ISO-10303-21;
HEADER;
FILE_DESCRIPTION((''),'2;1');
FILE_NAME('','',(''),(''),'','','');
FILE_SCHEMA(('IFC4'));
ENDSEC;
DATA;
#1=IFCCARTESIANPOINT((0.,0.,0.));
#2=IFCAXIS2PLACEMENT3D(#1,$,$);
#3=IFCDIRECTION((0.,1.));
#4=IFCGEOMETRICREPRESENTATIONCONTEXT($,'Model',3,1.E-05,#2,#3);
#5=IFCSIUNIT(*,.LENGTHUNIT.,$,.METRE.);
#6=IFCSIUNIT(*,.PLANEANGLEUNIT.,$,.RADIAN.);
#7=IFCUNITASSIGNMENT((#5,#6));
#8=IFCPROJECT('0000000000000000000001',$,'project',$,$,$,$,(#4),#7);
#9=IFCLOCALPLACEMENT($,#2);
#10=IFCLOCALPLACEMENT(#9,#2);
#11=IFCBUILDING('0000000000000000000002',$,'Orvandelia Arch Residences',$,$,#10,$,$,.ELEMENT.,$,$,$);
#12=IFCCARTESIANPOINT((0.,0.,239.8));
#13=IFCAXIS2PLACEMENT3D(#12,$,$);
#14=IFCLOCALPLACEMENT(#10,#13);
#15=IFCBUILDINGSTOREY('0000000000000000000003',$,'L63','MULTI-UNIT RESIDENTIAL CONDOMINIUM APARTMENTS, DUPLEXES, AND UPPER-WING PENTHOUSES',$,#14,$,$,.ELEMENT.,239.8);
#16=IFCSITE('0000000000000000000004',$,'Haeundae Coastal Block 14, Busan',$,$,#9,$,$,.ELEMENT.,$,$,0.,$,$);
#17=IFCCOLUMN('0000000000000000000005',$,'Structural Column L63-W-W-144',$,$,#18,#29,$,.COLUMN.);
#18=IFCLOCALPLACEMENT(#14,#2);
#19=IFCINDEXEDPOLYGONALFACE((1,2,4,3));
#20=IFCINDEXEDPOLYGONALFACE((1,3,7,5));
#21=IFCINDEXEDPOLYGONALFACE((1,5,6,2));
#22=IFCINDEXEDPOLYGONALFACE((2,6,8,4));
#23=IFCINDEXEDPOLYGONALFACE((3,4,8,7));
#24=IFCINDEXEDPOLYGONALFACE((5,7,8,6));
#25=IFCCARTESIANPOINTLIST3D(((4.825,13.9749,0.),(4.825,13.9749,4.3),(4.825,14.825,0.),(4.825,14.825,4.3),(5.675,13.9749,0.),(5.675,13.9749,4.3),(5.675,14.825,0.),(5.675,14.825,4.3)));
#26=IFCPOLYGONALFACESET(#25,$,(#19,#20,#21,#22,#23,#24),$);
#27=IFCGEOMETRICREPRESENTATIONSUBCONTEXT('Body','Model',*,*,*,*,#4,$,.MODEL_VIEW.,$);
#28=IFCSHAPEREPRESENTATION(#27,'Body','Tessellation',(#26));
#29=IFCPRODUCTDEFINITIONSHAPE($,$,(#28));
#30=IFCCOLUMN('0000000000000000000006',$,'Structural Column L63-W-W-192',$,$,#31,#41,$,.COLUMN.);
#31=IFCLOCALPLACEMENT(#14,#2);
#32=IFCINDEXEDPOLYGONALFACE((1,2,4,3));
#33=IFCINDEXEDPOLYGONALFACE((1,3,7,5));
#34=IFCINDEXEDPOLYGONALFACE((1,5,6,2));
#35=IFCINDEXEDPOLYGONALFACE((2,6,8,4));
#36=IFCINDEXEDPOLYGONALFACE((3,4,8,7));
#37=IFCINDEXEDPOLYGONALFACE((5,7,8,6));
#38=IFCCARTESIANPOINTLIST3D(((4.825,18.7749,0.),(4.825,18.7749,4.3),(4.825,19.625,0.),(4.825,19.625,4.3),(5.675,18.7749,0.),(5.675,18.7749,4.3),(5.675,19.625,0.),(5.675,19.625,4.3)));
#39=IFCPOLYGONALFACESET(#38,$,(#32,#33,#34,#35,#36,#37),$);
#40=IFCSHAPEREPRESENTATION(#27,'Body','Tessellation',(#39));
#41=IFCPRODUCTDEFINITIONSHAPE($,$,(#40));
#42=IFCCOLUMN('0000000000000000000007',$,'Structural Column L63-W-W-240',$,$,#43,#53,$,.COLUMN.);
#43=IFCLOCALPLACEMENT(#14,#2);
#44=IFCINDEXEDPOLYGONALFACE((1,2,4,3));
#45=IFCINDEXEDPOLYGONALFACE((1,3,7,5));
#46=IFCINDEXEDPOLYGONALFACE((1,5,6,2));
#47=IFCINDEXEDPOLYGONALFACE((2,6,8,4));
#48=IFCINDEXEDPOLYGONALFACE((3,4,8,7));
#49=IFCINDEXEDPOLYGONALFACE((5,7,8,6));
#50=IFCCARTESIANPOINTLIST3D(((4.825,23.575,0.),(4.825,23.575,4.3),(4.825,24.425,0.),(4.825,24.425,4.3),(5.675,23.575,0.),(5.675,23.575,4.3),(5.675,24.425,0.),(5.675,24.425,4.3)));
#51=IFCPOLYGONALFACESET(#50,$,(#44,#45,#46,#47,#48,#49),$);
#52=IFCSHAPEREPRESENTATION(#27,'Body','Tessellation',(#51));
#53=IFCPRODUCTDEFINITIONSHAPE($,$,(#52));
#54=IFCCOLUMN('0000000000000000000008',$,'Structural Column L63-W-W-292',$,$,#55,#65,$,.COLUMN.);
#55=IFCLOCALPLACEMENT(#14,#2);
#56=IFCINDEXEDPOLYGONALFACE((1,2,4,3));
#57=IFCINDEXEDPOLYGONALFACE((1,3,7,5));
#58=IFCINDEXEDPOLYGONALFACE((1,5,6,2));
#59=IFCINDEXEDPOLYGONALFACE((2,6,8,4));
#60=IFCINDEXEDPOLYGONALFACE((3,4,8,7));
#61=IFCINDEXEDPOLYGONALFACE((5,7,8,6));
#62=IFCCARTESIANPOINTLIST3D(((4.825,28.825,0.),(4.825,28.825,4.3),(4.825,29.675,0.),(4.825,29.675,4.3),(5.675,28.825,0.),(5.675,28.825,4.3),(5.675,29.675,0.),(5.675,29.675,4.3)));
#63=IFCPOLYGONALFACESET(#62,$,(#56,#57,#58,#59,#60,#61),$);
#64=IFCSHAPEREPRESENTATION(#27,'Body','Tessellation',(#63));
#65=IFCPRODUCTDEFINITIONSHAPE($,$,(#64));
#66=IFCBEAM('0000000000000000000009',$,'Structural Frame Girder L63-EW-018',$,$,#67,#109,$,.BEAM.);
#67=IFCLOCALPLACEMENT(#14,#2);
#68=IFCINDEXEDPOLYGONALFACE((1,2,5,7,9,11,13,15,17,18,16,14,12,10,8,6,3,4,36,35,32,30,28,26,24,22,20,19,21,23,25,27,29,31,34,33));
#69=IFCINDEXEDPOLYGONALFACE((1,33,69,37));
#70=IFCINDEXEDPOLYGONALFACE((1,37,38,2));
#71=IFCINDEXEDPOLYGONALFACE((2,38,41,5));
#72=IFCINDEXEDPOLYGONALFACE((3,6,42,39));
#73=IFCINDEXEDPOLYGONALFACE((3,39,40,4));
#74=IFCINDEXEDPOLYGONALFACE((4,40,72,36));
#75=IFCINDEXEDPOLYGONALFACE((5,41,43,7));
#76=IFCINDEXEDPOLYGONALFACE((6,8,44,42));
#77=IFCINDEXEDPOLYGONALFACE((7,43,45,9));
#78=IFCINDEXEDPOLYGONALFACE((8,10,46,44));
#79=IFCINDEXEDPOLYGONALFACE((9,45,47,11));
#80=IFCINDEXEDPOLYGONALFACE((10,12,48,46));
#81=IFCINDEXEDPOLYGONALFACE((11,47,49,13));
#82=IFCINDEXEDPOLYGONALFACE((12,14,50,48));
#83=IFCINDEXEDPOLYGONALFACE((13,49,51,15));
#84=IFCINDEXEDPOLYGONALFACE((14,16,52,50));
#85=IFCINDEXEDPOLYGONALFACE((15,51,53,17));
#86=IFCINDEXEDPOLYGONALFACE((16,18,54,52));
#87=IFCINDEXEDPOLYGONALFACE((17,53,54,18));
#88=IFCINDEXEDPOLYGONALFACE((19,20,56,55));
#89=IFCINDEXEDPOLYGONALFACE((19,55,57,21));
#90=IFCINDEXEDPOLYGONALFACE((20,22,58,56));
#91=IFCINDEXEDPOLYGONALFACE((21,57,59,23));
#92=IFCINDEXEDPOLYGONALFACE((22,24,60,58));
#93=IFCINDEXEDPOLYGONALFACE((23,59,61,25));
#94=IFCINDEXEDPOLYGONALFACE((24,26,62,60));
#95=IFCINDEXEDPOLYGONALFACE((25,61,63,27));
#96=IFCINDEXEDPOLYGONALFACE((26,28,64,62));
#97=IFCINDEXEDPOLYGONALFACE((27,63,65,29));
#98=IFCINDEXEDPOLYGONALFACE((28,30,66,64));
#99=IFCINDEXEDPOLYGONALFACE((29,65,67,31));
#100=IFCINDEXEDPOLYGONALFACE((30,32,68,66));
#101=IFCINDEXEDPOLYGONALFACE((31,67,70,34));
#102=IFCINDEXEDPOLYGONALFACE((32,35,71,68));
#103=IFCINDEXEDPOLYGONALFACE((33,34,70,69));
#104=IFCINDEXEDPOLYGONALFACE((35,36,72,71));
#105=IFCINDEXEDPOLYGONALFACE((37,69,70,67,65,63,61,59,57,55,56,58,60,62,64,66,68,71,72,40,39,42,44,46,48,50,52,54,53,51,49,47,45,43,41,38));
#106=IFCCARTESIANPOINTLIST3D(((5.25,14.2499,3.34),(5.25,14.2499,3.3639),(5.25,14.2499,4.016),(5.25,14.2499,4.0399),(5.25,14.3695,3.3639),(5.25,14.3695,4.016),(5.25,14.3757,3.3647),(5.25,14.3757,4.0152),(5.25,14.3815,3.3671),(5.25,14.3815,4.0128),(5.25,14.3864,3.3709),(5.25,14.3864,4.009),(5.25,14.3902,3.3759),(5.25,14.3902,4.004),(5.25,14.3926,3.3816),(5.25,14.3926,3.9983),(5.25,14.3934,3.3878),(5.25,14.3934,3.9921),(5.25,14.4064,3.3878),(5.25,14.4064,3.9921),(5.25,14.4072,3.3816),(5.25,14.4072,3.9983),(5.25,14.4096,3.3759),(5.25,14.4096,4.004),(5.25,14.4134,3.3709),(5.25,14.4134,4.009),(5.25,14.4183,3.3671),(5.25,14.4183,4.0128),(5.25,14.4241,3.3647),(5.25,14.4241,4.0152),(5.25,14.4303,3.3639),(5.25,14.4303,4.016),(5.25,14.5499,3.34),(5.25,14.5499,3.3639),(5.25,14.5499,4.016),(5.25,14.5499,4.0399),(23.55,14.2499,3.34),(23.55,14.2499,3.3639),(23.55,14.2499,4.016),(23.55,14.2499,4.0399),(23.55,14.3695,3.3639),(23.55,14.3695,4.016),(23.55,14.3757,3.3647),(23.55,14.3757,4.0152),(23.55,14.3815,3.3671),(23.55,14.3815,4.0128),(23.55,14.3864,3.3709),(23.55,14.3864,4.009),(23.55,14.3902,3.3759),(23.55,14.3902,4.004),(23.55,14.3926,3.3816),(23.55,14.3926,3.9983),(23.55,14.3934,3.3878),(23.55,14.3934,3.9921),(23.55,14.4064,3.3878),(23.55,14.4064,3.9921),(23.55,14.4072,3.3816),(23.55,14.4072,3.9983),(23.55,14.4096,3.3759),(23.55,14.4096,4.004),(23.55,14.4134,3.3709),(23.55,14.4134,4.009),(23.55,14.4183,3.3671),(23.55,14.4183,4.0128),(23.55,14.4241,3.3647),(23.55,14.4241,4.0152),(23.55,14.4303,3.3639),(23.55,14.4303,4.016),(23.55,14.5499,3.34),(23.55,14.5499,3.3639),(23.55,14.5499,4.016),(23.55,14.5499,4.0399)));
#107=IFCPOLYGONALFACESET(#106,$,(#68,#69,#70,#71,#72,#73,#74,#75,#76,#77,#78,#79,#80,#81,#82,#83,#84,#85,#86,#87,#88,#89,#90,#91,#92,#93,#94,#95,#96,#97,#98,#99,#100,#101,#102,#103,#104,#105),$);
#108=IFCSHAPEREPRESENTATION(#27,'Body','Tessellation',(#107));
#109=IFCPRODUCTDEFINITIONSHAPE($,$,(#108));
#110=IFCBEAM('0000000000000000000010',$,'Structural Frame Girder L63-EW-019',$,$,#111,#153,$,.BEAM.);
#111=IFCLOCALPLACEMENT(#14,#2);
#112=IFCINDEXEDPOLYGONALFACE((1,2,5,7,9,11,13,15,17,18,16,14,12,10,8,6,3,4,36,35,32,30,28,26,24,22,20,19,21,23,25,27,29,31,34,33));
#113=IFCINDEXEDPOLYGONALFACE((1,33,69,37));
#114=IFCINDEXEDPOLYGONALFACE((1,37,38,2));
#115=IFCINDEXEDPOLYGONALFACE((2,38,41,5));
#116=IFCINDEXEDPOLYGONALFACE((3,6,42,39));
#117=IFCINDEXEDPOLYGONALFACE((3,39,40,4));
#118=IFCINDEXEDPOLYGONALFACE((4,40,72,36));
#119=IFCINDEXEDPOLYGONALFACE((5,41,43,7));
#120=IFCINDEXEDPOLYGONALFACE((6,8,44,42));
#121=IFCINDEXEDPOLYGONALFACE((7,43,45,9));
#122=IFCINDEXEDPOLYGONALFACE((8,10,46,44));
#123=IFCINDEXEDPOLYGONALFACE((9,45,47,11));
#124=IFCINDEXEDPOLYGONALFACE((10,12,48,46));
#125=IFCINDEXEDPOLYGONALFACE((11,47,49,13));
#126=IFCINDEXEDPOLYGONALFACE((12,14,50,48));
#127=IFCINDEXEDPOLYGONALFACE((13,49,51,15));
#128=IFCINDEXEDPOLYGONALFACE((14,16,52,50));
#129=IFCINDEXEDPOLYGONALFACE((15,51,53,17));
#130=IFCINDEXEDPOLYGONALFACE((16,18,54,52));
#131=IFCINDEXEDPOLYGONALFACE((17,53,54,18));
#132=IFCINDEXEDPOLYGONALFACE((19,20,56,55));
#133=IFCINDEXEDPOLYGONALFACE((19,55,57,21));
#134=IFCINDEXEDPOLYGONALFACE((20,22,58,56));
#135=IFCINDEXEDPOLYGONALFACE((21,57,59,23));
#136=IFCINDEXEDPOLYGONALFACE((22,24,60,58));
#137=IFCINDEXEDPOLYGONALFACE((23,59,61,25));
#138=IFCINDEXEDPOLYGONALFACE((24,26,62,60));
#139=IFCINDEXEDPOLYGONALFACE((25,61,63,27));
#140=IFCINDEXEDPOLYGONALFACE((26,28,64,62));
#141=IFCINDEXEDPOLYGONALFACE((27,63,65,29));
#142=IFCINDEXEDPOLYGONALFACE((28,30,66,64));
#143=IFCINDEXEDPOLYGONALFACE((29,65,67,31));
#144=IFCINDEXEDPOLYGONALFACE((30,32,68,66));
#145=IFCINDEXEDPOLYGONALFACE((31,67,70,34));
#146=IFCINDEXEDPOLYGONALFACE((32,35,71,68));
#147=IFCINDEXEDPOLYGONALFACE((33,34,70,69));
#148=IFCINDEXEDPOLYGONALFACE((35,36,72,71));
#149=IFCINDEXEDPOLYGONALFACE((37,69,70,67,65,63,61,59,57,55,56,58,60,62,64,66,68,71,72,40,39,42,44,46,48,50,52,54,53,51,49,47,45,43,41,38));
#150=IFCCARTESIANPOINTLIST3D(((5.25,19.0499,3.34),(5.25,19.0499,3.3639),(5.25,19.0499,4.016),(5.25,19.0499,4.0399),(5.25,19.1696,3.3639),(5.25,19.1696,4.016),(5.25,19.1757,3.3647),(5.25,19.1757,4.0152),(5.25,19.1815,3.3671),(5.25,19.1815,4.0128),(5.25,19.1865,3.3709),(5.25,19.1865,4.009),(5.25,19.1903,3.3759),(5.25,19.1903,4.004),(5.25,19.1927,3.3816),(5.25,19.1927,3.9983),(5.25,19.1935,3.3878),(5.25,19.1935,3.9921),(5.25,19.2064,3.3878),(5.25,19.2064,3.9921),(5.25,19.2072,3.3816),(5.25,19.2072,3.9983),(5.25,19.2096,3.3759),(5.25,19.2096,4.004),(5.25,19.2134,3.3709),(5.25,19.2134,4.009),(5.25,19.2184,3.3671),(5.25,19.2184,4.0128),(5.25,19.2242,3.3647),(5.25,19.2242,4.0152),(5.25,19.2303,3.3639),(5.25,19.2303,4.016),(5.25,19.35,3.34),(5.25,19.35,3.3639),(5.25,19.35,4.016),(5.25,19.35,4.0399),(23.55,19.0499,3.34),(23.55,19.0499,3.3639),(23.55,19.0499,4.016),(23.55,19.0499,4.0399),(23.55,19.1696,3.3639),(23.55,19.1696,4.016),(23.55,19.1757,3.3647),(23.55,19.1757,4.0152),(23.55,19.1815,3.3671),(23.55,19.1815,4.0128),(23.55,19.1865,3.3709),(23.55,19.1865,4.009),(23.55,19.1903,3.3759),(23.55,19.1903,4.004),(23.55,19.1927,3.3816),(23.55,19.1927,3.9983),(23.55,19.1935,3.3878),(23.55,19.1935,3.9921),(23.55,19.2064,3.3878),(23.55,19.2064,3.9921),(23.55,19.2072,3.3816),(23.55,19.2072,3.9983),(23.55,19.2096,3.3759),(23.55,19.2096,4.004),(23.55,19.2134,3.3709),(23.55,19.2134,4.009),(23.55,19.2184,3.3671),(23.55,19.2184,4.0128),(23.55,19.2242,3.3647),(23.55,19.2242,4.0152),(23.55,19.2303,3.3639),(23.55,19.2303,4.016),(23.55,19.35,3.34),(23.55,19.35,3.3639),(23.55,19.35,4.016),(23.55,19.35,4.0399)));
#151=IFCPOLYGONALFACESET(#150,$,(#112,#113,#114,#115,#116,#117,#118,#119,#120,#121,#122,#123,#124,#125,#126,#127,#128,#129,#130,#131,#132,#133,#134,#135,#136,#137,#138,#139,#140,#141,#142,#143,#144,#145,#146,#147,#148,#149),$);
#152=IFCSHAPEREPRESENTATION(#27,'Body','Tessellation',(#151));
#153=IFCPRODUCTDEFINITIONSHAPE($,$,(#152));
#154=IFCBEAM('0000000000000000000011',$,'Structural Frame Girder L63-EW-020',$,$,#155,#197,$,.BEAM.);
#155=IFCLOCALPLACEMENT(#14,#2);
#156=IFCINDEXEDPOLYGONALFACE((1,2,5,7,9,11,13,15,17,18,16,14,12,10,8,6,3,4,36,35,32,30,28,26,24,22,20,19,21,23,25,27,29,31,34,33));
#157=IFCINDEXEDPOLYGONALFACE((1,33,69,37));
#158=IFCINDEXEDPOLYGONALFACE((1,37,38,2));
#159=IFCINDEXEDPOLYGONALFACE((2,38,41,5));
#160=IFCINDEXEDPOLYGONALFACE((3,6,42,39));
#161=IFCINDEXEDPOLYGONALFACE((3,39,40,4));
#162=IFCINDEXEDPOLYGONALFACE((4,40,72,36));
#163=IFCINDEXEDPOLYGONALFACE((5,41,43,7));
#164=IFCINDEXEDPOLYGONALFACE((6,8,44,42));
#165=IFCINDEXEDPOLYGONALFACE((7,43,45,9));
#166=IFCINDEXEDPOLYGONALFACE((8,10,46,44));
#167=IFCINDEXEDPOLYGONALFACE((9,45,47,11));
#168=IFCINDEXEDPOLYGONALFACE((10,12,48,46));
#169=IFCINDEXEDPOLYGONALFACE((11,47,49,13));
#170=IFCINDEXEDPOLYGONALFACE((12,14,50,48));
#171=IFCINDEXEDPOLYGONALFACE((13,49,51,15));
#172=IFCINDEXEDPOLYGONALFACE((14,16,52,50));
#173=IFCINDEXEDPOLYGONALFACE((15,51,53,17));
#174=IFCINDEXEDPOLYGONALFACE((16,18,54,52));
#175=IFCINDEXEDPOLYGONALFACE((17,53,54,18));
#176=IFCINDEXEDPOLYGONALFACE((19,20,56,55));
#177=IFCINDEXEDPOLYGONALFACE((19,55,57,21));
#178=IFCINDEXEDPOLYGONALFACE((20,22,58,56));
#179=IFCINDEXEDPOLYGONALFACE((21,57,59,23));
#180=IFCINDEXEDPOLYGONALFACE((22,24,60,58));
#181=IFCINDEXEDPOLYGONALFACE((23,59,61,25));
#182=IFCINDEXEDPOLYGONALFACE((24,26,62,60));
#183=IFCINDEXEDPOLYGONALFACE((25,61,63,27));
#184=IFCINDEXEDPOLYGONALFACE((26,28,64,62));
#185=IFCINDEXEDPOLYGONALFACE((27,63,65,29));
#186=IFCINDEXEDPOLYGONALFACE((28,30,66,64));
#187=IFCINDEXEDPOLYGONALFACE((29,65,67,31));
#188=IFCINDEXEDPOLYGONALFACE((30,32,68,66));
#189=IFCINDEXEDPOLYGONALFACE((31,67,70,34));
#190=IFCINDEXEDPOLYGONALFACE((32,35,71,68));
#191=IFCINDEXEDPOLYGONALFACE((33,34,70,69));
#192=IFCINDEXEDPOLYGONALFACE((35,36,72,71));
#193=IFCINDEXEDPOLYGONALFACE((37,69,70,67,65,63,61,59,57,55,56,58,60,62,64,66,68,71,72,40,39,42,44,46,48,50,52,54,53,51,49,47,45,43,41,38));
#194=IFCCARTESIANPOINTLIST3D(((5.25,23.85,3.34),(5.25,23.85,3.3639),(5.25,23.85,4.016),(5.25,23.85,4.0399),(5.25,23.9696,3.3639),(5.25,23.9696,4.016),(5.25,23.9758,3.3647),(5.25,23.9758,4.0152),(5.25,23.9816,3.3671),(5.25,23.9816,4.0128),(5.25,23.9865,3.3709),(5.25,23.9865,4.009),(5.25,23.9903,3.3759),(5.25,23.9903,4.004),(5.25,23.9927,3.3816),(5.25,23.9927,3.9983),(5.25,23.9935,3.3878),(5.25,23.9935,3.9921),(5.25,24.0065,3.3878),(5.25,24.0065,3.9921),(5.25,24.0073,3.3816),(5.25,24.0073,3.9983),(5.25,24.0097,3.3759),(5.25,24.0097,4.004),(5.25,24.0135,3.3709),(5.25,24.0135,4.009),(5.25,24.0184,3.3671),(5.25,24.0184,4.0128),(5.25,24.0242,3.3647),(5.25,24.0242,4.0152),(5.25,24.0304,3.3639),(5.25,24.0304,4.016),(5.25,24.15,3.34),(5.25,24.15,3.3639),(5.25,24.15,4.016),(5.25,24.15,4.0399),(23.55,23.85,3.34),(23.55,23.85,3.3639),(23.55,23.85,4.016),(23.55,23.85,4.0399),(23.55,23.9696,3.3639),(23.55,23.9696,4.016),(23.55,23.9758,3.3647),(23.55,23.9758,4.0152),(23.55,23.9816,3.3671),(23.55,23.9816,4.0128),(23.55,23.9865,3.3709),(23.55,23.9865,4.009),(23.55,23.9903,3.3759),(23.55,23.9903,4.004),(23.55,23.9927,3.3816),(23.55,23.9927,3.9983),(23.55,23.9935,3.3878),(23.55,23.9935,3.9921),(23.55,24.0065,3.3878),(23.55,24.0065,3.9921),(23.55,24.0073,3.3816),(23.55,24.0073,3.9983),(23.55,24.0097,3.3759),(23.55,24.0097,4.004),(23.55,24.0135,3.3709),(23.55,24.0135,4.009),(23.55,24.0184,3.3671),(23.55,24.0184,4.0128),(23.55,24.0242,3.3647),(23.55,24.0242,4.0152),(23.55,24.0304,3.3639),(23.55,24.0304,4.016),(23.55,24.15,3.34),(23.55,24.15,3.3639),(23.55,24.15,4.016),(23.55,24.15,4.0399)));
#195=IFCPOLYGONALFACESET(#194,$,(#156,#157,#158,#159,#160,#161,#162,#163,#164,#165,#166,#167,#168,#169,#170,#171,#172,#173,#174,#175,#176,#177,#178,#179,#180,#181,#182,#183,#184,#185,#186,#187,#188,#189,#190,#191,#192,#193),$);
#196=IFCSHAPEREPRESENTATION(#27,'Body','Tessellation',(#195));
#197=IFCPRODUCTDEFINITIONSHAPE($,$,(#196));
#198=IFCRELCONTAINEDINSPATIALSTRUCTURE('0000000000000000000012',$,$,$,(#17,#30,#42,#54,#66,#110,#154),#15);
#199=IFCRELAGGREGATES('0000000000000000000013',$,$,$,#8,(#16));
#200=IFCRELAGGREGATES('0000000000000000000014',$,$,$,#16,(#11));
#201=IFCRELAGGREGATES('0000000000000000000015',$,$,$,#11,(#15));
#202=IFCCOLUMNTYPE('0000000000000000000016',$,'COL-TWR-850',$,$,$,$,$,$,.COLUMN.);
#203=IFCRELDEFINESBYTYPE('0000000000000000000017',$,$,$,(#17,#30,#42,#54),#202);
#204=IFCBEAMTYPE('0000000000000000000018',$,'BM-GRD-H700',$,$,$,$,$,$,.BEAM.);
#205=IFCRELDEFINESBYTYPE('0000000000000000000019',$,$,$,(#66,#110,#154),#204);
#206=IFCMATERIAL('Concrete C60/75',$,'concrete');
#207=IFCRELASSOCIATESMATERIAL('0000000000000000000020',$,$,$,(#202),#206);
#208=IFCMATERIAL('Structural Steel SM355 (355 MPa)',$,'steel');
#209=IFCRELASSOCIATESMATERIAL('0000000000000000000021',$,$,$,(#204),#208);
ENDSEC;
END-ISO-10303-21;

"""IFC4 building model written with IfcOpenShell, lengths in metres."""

from ifc_helpers import new_model, si_unit, direction, frame, origin, origin_2d, place, context, subcontext, project, spatial, rectangle, i_section, extrude, material, material_profile, profile_set, type_object, element, save


model = new_model("IFC4")

# Units and contexts
model_context = context("Model", 3, precision=1e-05, world=origin(), true_north=direction((0.0, 1.0)))
body_context = subcontext(model_context, "Body", "Model", "MODEL_VIEW")
ifc_project = project(units=[si_unit("LENGTHUNIT", "METRE"), si_unit("PLANEANGLEUNIT", "RADIAN")], contexts=[model_context])

# Site, building, storey
site_placement = place(None, origin())
site = spatial("IfcSite", under=ifc_project, at=site_placement, Name="Haeundae Coastal Block 14, Busan", CompositionType="ELEMENT", RefElevation=0.0)
building_placement = place(site_placement, origin())
building = spatial("IfcBuilding", under=site, at=building_placement, Name="Orvandelia Arch Residences", CompositionType="ELEMENT")
storey_placement = place(building_placement, frame((0.0, 0.0, 239.8)))
storey = spatial("IfcBuildingStorey", under=building, at=storey_placement, Name="L63", Description="MULTI-UNIT RESIDENTIAL CONDOMINIUM APARTMENTS, DUPLEXES, AND UPPER-WING PENTHOUSES", CompositionType="ELEMENT", Elevation=239.8)

# Columns
ifc_material_1 = material(Name="Concrete C60/75", Category="concrete")
ifc_material_profile_1 = material_profile(ifc_material_1, rectangle(XDim=0.8501, YDim=0.8501, at=origin_2d()), Name="Concrete C60/75", Category="concrete")
ifc_profile_set_1 = profile_set([ifc_material_profile_1], Name="Concrete C60/75")
column_type = type_object("IfcColumnType", Name="COL-TWR-850", PredefinedType="COLUMN", material=ifc_profile_set_1)
for number, where, z_axis, x_axis, name in (
    (1, (5.25, 14.3999, 0.0), (0.0, 0.0, 1.0), (1.0, 0.0, 0.0), "Structural Column L63-W-W-144"),
    (2, (5.25, 19.2, 0.0), (0.0, 0.0, 1.0), (1.0, 0.0, 0.0), "Structural Column L63-W-W-192"),
    (3, (5.25, 24.0, 0.0), (0.0, 0.0, 1.0), (1.0, 0.0, 0.0), "Structural Column L63-W-W-240"),
    (4, (5.25, 29.25, 0.0), (0.0, 0.0, 1.0), (1.0, 0.0, 0.0), "Structural Column L63-W-W-292"),
):
    element("IfcColumn", number, at=place(storey_placement, frame(where, z_axis=z_axis, x_axis=x_axis)), inside=storey, type_object=column_type, Name=name, PredefinedType="COLUMN", context=body_context, shape_type="SweptSolid", body=[
        extrude(rectangle(XDim=0.8501, YDim=0.8501, at=origin_2d()), origin(), (0.0, 0.0, 1.0), 4.3),
    ])

# Beams
ifc_material_2 = material(Name="Structural Steel SM355 (355 MPa)", Category="steel")
ifc_material_profile_2 = material_profile(ifc_material_2, i_section(OverallWidth=0.3, OverallDepth=0.7, WebThickness=0.0129, FlangeThickness=0.0239, FilletRadius=0.0239, at=origin_2d()), Name="Structural Steel SM355 (355 MPa)", Category="steel")
ifc_profile_set_2 = profile_set([ifc_material_profile_2], Name="Structural Steel SM355 (355 MPa)")
beam_type_1 = type_object("IfcBeamType", Name="BM-GRD-H700", PredefinedType="BEAM", material=ifc_profile_set_2)
for number, where, z_axis, x_axis, name in (
    (5, (5.25, 14.3999, 3.6899), (1.0, 0.0, 0.0), (0.0, 1.0, 0.0), "Structural Frame Girder L63-EW-018"),
    (6, (5.25, 19.2, 3.6899), (1.0, 0.0, 0.0), (0.0, 1.0, 0.0), "Structural Frame Girder L63-EW-019"),
    (7, (5.25, 24.0, 3.6899), (1.0, 0.0, 0.0), (0.0, 1.0, 0.0), "Structural Frame Girder L63-EW-020"),
):
    element("IfcBeam", number, at=place(storey_placement, frame(where, z_axis=z_axis, x_axis=x_axis)), inside=storey, type_object=beam_type_1, Name=name, PredefinedType="BEAM", context=body_context, shape_type="SweptSolid", body=[
        extrude(i_section(OverallWidth=0.3, OverallDepth=0.7, WebThickness=0.0129, FlangeThickness=0.0239, FilletRadius=0.0239, at=origin_2d()), origin(), (0.0, 0.0, 1.0), 18.3),
    ])

save(model, "model.ifc")
